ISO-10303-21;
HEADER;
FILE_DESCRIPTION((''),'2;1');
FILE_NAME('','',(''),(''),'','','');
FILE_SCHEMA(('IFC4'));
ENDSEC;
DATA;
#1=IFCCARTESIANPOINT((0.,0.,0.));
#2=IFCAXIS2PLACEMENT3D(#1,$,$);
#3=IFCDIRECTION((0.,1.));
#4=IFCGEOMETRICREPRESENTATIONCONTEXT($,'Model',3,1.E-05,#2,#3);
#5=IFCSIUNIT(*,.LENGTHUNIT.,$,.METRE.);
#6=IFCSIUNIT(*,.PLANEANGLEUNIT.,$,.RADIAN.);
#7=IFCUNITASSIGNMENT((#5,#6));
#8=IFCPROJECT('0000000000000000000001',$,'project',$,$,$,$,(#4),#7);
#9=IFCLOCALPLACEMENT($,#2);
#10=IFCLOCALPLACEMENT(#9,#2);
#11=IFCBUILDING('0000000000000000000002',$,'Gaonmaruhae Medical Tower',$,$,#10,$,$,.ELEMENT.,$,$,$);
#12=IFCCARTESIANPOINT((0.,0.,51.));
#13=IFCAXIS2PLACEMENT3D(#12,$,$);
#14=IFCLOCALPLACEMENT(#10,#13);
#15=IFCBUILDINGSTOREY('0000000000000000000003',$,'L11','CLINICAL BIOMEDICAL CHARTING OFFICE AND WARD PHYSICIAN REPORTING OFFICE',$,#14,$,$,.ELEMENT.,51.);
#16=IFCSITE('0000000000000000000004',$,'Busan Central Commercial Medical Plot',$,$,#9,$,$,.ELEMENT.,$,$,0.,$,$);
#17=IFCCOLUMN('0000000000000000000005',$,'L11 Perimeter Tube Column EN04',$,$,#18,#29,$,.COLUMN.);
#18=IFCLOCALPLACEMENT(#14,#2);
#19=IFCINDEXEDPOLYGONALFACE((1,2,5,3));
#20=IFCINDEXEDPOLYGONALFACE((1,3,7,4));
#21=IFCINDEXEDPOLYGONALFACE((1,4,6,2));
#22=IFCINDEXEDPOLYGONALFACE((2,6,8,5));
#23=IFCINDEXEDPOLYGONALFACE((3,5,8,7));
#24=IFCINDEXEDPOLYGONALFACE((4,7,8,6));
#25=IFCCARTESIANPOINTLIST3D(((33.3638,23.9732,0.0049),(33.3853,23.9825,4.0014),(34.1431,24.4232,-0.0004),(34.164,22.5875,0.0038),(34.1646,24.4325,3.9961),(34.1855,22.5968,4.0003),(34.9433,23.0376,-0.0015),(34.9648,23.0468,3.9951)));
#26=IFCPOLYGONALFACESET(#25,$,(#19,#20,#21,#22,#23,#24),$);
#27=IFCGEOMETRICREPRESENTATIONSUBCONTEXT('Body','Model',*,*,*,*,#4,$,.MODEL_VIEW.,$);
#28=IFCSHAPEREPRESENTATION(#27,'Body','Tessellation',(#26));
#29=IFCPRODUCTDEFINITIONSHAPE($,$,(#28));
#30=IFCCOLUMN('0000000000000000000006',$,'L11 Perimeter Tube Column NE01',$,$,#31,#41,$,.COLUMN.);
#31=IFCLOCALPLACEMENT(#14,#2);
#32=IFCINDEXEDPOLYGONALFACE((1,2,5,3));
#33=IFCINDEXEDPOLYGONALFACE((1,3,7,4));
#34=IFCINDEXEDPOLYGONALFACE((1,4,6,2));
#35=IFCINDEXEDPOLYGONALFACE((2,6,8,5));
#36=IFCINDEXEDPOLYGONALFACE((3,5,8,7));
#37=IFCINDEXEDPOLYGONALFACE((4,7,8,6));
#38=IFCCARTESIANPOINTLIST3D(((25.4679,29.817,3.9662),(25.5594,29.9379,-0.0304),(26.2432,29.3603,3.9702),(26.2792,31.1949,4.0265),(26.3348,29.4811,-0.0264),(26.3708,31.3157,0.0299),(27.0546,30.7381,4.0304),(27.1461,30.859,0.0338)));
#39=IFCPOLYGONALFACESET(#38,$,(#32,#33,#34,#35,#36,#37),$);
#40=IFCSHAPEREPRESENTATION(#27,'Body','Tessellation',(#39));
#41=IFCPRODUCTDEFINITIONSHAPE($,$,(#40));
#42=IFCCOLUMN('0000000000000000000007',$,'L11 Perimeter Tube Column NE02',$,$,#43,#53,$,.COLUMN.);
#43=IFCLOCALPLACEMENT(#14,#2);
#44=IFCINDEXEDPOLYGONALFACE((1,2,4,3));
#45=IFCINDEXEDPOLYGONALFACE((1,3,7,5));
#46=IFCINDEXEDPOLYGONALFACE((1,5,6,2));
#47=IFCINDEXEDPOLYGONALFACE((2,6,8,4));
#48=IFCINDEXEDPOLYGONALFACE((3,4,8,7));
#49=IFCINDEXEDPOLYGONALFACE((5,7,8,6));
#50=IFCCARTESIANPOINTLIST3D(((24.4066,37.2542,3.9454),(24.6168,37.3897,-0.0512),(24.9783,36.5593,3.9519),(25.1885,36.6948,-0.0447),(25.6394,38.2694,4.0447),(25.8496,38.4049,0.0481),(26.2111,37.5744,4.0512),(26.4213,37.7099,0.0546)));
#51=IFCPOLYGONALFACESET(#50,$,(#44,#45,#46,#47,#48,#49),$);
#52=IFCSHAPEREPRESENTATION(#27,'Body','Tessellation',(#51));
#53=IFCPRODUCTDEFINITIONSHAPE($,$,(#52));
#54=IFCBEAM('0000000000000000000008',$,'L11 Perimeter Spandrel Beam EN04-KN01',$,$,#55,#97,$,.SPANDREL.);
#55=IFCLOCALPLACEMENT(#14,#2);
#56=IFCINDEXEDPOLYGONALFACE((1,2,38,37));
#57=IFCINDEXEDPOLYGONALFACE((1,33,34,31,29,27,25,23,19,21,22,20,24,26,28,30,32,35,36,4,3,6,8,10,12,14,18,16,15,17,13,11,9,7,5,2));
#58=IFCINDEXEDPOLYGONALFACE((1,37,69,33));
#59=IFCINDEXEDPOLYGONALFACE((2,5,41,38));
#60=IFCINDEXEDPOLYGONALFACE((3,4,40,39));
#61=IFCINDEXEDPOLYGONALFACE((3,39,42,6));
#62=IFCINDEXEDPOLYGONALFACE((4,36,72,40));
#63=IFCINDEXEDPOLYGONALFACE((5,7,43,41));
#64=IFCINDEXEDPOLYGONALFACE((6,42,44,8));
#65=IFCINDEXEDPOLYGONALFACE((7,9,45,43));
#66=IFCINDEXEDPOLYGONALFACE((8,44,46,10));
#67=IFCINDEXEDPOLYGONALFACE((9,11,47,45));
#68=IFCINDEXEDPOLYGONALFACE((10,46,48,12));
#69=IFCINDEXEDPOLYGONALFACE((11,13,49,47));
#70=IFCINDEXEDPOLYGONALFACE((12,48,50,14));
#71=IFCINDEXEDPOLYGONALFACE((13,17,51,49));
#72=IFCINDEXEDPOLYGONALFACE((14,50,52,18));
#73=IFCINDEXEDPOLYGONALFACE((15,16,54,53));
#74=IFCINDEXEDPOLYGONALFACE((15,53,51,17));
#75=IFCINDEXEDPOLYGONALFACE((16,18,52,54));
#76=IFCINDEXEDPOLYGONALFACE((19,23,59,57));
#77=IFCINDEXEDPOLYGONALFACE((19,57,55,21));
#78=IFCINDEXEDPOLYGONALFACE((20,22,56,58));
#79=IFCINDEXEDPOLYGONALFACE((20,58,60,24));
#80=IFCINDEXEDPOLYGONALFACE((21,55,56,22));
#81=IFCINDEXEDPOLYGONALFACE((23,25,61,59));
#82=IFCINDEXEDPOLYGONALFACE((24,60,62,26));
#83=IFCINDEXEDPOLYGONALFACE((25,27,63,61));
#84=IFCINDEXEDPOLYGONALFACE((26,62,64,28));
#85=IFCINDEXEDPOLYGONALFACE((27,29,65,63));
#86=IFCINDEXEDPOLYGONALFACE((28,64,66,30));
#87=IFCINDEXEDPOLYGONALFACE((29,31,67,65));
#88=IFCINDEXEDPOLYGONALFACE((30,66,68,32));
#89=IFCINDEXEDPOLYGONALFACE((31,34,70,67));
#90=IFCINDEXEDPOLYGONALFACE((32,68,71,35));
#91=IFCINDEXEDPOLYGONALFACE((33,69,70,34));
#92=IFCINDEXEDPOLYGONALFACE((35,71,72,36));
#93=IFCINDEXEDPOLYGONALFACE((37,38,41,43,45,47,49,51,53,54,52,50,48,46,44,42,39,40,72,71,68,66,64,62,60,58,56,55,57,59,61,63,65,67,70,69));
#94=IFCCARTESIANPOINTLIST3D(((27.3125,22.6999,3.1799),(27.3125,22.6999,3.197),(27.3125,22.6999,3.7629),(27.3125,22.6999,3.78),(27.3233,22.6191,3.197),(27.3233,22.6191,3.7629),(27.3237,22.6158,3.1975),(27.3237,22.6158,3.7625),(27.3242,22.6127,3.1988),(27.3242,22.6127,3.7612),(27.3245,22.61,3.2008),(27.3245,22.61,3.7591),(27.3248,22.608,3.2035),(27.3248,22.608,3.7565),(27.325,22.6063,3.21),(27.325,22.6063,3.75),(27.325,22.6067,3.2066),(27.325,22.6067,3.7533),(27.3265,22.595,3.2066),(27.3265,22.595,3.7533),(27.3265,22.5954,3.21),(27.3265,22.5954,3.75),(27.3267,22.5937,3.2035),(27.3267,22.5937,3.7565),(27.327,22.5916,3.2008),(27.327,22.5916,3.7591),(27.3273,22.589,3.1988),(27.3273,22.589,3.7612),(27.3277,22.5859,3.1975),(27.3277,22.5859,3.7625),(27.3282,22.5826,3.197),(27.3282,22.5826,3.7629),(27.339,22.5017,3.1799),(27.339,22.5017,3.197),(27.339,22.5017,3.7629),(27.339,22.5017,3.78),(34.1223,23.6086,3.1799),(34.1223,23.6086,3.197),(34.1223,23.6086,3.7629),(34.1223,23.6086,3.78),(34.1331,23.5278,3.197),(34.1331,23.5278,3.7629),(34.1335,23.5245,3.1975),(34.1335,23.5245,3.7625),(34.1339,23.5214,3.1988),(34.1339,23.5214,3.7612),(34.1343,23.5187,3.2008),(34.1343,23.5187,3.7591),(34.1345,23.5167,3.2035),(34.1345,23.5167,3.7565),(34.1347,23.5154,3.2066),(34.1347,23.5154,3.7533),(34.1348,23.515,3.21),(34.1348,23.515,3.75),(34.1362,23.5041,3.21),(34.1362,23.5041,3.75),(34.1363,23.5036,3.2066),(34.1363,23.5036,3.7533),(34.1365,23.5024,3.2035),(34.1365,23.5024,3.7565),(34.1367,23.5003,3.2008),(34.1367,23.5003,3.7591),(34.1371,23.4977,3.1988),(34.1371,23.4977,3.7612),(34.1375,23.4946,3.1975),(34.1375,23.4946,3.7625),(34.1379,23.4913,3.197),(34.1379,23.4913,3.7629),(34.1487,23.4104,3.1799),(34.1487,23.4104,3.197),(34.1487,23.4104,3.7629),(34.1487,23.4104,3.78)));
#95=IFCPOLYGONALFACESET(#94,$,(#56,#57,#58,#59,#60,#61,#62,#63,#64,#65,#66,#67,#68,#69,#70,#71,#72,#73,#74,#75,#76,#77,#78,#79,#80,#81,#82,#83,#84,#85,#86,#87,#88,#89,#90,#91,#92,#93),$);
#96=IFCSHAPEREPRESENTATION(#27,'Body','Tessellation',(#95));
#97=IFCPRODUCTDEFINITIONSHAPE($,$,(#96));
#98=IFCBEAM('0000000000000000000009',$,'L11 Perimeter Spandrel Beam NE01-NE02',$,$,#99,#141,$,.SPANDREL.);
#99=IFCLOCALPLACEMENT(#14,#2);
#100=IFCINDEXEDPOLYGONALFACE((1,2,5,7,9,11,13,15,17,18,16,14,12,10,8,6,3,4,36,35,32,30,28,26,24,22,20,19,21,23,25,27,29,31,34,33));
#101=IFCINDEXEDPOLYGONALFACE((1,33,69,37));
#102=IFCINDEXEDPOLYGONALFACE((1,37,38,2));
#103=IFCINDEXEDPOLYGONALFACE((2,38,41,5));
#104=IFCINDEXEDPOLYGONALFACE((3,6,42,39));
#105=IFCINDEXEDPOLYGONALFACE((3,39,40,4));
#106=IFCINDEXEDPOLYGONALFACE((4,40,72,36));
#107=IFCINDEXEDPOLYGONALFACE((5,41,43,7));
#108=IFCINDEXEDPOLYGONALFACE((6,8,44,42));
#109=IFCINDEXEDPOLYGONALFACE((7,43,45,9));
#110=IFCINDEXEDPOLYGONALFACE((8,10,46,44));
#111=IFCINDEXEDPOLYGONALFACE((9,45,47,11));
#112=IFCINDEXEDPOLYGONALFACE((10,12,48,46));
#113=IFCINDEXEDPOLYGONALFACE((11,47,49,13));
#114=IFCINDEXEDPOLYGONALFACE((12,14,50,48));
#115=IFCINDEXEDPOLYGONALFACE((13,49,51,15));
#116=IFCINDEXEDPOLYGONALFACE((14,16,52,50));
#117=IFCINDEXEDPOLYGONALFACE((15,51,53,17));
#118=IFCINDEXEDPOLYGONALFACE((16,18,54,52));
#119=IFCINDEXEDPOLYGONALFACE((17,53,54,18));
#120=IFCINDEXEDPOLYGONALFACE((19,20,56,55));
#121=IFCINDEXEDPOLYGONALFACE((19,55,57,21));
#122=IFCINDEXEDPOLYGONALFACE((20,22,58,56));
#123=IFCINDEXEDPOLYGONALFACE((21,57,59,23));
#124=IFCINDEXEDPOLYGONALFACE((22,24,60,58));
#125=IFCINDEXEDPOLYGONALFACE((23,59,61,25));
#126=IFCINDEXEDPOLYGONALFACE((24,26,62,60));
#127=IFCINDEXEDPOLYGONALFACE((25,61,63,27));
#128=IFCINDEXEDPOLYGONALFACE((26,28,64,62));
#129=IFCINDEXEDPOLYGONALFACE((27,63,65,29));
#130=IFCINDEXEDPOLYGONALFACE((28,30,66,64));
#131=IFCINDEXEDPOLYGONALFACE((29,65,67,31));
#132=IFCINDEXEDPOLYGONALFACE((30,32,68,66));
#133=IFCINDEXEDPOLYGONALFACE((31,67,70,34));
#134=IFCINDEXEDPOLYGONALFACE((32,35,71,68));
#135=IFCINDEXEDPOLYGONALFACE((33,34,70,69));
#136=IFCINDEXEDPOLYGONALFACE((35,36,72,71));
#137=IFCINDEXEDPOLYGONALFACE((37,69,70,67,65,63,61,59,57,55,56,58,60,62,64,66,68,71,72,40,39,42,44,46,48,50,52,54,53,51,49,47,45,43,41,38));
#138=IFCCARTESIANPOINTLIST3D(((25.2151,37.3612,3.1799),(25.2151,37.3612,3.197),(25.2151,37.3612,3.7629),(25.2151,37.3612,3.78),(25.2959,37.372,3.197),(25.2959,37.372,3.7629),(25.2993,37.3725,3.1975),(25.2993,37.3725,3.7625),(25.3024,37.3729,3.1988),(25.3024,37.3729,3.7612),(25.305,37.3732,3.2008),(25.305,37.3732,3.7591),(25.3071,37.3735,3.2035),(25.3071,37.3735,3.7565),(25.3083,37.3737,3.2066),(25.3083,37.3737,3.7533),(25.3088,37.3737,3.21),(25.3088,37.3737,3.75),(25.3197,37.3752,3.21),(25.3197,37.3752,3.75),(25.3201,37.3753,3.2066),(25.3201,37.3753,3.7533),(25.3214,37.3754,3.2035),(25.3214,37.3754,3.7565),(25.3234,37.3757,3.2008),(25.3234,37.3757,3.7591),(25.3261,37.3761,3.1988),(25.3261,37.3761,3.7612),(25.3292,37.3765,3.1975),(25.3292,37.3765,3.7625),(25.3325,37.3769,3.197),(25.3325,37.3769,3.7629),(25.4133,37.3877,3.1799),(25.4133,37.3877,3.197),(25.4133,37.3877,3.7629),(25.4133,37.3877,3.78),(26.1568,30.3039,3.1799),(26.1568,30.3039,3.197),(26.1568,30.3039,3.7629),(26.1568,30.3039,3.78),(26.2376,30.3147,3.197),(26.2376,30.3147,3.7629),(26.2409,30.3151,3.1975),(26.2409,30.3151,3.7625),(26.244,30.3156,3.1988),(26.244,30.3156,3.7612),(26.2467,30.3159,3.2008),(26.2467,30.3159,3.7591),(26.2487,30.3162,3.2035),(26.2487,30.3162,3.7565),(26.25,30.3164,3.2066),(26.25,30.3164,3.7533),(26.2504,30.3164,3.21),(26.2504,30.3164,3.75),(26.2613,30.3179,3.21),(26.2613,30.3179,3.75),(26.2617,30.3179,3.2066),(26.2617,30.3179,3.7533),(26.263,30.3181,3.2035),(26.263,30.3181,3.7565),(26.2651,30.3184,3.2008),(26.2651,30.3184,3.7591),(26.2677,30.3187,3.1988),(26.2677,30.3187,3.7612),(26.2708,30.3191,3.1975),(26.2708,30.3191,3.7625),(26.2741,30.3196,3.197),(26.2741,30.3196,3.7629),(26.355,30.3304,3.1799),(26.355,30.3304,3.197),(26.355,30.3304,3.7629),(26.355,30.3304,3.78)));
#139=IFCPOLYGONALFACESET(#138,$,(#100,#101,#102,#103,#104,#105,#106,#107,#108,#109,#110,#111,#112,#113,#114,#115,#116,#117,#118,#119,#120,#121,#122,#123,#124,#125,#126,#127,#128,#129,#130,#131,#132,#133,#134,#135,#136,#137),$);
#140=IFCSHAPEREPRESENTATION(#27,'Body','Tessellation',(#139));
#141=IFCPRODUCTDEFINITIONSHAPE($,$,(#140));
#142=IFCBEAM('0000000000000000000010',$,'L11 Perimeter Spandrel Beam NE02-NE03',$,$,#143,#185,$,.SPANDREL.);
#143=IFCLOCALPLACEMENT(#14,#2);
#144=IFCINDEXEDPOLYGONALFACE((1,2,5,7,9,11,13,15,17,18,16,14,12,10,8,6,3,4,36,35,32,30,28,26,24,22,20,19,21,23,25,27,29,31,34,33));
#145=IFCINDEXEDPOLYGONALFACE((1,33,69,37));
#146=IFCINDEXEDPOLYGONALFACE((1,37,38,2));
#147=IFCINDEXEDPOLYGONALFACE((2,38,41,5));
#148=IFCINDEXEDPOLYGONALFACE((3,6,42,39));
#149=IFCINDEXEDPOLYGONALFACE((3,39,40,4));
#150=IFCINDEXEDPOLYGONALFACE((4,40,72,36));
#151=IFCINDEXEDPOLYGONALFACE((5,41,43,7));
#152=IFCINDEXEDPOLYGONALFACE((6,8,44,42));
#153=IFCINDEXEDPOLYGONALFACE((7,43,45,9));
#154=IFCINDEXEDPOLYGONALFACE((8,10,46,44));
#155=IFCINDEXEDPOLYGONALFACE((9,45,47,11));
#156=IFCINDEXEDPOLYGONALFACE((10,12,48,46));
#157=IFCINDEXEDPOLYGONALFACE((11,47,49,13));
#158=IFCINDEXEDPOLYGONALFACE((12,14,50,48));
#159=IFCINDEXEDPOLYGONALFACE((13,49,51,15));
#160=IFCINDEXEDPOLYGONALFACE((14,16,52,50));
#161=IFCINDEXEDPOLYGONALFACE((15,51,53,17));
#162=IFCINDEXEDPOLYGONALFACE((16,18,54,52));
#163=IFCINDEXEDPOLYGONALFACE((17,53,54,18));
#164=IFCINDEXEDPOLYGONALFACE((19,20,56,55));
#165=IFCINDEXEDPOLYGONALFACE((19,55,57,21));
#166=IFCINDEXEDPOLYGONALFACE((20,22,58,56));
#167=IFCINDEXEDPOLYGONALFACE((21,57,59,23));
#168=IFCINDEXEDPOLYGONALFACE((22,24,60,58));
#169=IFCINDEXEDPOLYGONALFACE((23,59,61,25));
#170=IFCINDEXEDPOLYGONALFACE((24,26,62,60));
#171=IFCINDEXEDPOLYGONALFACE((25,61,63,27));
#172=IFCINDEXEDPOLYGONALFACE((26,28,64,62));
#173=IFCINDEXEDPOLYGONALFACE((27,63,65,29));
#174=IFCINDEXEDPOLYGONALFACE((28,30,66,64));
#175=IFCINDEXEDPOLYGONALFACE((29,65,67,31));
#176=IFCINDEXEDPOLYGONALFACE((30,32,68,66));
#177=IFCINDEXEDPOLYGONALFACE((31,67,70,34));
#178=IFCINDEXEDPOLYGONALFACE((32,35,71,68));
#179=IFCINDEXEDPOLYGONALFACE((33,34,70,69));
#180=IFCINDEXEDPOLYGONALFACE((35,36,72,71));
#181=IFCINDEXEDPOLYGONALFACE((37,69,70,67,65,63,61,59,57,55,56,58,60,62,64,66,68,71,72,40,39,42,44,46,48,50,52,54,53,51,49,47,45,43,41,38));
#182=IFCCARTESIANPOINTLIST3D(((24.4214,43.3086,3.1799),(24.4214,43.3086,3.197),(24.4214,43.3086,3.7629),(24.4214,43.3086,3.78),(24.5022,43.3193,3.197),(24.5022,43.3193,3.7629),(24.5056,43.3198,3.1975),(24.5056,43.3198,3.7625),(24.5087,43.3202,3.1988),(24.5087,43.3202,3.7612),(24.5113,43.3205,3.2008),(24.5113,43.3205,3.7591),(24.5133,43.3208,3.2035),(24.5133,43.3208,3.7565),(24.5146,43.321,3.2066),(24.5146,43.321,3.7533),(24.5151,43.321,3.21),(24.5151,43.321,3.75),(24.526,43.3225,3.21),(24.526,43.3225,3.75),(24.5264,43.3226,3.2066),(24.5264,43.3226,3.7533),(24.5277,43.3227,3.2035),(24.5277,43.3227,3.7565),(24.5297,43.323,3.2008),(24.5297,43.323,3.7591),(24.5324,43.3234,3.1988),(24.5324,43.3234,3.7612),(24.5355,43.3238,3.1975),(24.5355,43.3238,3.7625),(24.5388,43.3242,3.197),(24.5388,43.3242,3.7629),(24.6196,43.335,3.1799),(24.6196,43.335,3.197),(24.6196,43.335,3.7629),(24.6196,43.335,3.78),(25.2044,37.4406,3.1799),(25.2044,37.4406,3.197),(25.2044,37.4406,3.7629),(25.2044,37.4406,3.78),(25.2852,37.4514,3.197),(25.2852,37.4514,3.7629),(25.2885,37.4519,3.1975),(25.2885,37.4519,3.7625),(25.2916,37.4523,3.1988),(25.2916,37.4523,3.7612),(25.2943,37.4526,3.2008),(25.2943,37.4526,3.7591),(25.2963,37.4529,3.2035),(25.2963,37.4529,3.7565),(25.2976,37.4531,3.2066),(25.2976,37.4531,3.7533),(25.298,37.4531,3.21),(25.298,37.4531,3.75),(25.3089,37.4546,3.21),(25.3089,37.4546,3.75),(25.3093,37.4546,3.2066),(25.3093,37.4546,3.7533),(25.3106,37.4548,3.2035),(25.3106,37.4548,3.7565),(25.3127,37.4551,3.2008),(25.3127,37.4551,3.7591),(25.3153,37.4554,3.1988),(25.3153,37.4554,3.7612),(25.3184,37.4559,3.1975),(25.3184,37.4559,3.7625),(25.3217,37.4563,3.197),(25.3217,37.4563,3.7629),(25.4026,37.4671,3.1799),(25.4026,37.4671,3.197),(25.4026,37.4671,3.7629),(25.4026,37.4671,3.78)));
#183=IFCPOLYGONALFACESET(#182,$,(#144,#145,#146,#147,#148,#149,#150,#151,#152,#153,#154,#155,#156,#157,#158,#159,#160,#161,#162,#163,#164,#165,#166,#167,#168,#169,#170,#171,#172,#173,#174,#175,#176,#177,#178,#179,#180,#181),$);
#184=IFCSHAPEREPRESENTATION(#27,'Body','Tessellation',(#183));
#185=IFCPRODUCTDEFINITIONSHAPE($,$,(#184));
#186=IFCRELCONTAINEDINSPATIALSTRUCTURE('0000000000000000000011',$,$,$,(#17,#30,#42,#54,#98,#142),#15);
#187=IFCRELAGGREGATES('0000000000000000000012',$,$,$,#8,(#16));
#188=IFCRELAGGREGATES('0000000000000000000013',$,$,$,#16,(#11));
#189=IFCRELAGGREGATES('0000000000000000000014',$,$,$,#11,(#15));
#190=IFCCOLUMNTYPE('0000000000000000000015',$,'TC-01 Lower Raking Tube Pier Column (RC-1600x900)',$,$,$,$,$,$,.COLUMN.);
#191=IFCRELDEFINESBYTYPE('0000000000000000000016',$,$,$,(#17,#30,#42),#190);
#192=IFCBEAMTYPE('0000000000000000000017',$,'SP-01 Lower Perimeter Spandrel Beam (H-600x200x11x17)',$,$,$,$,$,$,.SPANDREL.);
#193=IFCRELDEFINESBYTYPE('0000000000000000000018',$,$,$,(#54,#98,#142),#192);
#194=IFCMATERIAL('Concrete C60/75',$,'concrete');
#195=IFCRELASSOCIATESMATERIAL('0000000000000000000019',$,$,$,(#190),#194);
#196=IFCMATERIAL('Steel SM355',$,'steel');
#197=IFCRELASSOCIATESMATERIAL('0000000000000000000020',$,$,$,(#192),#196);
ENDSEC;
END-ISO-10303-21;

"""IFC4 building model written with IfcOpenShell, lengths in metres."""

from ifc_helpers import new_model, si_unit, direction, frame, origin, origin_2d, place, context, subcontext, project, spatial, rectangle, i_section, extrude, material, material_profile, profile_set, type_object, element, save


model = new_model("IFC4")

# Units and contexts
model_context = context("Model", 3, precision=1e-05, world=origin(), true_north=direction((0.0, 1.0)))
body_context = subcontext(model_context, "Body", "Model", "MODEL_VIEW")
ifc_project = project(units=[si_unit("LENGTHUNIT", "METRE"), si_unit("PLANEANGLEUNIT", "RADIAN")], contexts=[model_context])

# Site, building, storey
site_placement = place(None, origin())
site = spatial("IfcSite", under=ifc_project, at=site_placement, Name="Busan Central Commercial Medical Plot", CompositionType="ELEMENT", RefElevation=0.0)
building_placement = place(site_placement, origin())
building = spatial("IfcBuilding", under=site, at=building_placement, Name="Gaonmaruhae Medical Tower", CompositionType="ELEMENT")
storey_placement = place(building_placement, frame((0.0, 0.0, 51.0)))
storey = spatial("IfcBuildingStorey", under=building, at=storey_placement, Name="L11", Description="CLINICAL BIOMEDICAL CHARTING OFFICE AND WARD PHYSICIAN REPORTING OFFICE", CompositionType="ELEMENT", Elevation=51.0)

# Columns
ifc_material_1 = material(Name="Concrete C60/75", Category="concrete")
ifc_material_profile_1 = material_profile(ifc_material_1, rectangle(XDim=1.6001, YDim=0.8999, at=origin_2d()), Name="RC-1600x900")
ifc_profile_set_1 = profile_set([ifc_material_profile_1], Name="Concrete C60/75")
column_type = type_object("IfcColumnType", Name="TC-01 Lower Raking Tube Pier Column (RC-1600x900)", PredefinedType="COLUMN", material=ifc_profile_set_1)
column_1_placement = place(storey_placement, frame((34.1536, 23.5054, 0.0017), z_axis=(0.005376, 0.002321, 0.999983), x_axis=(-0.500082, 0.865978, 0.000678)))
element("IfcColumn", 1, at=column_1_placement, inside=storey, type_object=column_type, Name="L11 Perimeter Tube Column EN04", PredefinedType="COLUMN", context=body_context, shape_type="SweptSolid", body=[
    extrude(rectangle(XDim=1.6001, YDim=0.8999, at=origin_2d()), origin(), (0.0, 0.0, 1.0), 3.9966),
])
column_2_placement = place(storey_placement, frame((26.3528, 30.3984, 0.0017), z_axis=(-0.022891, -0.030217, 0.999281), x_axis=(0.507057, 0.861089, 0.037653)))
element("IfcColumn", 2, at=column_2_placement, inside=storey, type_object=column_type, Name="L11 Perimeter Tube Column NE01", PredefinedType="COLUMN", context=body_context, shape_type="SweptSolid", body=[
    extrude(rectangle(XDim=1.6001, YDim=0.8999, at=origin_2d()), origin(), (0.0, 0.0, 1.0), 3.9995),
])
column_3_placement = place(storey_placement, frame((25.519, 37.5498, 0.0017), z_axis=(-0.052494, -0.033837, 0.998048), x_axis=(0.770485, 0.634432, 0.062034)))
element("IfcColumn", 3, at=column_3_placement, inside=storey, type_object=column_type, Name="L11 Perimeter Tube Column NE02", PredefinedType="COLUMN", context=body_context, shape_type="SweptSolid", body=[
    extrude(rectangle(XDim=1.6001, YDim=0.8999, at=origin_2d()), origin(), (0.0, 0.0, 1.0), 4.0044),
])

# Beams
ifc_material_2 = material(Name="Steel SM355", Category="steel")
ifc_material_profile_2 = material_profile(ifc_material_2, i_section(OverallWidth=0.2, OverallDepth=0.6001, WebThickness=0.011, FlangeThickness=0.0171, FilletRadius=0.0129, at=origin_2d()), Name="H-600x200x11x17")
ifc_profile_set_2 = profile_set([ifc_material_profile_2], Name="Steel SM355")
beam_type = type_object("IfcBeamType", Name="SP-01 Lower Perimeter Spandrel Beam (H-600x200x11x17)", PredefinedType="SPANDREL", material=ifc_profile_set_2)
beam_1_placement = place(storey_placement, frame((34.1355, 23.5095, 3.48), z_axis=(-0.991214, -0.132266, 0.0), x_axis=(0.132266, -0.991214, 0.0)))
element("IfcBeam", 4, at=beam_1_placement, inside=storey, type_object=beam_type, Name="L11 Perimeter Spandrel Beam EN04-KN01", PredefinedType="SPANDREL", context=body_context, shape_type="SweptSolid", body=[
    extrude(i_section(OverallWidth=0.2, OverallDepth=0.6001, WebThickness=0.011, FlangeThickness=0.0171, FilletRadius=0.0129, at=origin_2d()), origin(), (0.0, 0.0, 1.0), 6.8701),
])
beam_2_placement = place(storey_placement, frame((26.2559, 30.3171, 3.48), z_axis=(-0.132256, 0.991216, 0.0), x_axis=(-0.991216, -0.132256, 0.0)))
element("IfcBeam", 5, at=beam_2_placement, inside=storey, type_object=beam_type, Name="L11 Perimeter Spandrel Beam NE01-NE02", PredefinedType="SPANDREL", context=body_context, shape_type="SweptSolid", body=[
    extrude(i_section(OverallWidth=0.2, OverallDepth=0.6001, WebThickness=0.011, FlangeThickness=0.0171, FilletRadius=0.0129, at=origin_2d()), origin(), (0.0, 0.0, 1.0), 7.1199),
])
beam_3_placement = place(storey_placement, frame((25.3035, 37.4539, 3.48), z_axis=(-0.132258, 0.991215, 0.0), x_axis=(-0.991215, -0.132258, 0.0)))
element("IfcBeam", 6, at=beam_3_placement, inside=storey, type_object=beam_type, Name="L11 Perimeter Spandrel Beam NE02-NE03", PredefinedType="SPANDREL", context=body_context, shape_type="SweptSolid", body=[
    extrude(i_section(OverallWidth=0.2, OverallDepth=0.6001, WebThickness=0.011, FlangeThickness=0.0171, FilletRadius=0.0129, at=origin_2d()), origin(), (0.0, 0.0, 1.0), 5.9199),
])

save(model, "model.ifc")
